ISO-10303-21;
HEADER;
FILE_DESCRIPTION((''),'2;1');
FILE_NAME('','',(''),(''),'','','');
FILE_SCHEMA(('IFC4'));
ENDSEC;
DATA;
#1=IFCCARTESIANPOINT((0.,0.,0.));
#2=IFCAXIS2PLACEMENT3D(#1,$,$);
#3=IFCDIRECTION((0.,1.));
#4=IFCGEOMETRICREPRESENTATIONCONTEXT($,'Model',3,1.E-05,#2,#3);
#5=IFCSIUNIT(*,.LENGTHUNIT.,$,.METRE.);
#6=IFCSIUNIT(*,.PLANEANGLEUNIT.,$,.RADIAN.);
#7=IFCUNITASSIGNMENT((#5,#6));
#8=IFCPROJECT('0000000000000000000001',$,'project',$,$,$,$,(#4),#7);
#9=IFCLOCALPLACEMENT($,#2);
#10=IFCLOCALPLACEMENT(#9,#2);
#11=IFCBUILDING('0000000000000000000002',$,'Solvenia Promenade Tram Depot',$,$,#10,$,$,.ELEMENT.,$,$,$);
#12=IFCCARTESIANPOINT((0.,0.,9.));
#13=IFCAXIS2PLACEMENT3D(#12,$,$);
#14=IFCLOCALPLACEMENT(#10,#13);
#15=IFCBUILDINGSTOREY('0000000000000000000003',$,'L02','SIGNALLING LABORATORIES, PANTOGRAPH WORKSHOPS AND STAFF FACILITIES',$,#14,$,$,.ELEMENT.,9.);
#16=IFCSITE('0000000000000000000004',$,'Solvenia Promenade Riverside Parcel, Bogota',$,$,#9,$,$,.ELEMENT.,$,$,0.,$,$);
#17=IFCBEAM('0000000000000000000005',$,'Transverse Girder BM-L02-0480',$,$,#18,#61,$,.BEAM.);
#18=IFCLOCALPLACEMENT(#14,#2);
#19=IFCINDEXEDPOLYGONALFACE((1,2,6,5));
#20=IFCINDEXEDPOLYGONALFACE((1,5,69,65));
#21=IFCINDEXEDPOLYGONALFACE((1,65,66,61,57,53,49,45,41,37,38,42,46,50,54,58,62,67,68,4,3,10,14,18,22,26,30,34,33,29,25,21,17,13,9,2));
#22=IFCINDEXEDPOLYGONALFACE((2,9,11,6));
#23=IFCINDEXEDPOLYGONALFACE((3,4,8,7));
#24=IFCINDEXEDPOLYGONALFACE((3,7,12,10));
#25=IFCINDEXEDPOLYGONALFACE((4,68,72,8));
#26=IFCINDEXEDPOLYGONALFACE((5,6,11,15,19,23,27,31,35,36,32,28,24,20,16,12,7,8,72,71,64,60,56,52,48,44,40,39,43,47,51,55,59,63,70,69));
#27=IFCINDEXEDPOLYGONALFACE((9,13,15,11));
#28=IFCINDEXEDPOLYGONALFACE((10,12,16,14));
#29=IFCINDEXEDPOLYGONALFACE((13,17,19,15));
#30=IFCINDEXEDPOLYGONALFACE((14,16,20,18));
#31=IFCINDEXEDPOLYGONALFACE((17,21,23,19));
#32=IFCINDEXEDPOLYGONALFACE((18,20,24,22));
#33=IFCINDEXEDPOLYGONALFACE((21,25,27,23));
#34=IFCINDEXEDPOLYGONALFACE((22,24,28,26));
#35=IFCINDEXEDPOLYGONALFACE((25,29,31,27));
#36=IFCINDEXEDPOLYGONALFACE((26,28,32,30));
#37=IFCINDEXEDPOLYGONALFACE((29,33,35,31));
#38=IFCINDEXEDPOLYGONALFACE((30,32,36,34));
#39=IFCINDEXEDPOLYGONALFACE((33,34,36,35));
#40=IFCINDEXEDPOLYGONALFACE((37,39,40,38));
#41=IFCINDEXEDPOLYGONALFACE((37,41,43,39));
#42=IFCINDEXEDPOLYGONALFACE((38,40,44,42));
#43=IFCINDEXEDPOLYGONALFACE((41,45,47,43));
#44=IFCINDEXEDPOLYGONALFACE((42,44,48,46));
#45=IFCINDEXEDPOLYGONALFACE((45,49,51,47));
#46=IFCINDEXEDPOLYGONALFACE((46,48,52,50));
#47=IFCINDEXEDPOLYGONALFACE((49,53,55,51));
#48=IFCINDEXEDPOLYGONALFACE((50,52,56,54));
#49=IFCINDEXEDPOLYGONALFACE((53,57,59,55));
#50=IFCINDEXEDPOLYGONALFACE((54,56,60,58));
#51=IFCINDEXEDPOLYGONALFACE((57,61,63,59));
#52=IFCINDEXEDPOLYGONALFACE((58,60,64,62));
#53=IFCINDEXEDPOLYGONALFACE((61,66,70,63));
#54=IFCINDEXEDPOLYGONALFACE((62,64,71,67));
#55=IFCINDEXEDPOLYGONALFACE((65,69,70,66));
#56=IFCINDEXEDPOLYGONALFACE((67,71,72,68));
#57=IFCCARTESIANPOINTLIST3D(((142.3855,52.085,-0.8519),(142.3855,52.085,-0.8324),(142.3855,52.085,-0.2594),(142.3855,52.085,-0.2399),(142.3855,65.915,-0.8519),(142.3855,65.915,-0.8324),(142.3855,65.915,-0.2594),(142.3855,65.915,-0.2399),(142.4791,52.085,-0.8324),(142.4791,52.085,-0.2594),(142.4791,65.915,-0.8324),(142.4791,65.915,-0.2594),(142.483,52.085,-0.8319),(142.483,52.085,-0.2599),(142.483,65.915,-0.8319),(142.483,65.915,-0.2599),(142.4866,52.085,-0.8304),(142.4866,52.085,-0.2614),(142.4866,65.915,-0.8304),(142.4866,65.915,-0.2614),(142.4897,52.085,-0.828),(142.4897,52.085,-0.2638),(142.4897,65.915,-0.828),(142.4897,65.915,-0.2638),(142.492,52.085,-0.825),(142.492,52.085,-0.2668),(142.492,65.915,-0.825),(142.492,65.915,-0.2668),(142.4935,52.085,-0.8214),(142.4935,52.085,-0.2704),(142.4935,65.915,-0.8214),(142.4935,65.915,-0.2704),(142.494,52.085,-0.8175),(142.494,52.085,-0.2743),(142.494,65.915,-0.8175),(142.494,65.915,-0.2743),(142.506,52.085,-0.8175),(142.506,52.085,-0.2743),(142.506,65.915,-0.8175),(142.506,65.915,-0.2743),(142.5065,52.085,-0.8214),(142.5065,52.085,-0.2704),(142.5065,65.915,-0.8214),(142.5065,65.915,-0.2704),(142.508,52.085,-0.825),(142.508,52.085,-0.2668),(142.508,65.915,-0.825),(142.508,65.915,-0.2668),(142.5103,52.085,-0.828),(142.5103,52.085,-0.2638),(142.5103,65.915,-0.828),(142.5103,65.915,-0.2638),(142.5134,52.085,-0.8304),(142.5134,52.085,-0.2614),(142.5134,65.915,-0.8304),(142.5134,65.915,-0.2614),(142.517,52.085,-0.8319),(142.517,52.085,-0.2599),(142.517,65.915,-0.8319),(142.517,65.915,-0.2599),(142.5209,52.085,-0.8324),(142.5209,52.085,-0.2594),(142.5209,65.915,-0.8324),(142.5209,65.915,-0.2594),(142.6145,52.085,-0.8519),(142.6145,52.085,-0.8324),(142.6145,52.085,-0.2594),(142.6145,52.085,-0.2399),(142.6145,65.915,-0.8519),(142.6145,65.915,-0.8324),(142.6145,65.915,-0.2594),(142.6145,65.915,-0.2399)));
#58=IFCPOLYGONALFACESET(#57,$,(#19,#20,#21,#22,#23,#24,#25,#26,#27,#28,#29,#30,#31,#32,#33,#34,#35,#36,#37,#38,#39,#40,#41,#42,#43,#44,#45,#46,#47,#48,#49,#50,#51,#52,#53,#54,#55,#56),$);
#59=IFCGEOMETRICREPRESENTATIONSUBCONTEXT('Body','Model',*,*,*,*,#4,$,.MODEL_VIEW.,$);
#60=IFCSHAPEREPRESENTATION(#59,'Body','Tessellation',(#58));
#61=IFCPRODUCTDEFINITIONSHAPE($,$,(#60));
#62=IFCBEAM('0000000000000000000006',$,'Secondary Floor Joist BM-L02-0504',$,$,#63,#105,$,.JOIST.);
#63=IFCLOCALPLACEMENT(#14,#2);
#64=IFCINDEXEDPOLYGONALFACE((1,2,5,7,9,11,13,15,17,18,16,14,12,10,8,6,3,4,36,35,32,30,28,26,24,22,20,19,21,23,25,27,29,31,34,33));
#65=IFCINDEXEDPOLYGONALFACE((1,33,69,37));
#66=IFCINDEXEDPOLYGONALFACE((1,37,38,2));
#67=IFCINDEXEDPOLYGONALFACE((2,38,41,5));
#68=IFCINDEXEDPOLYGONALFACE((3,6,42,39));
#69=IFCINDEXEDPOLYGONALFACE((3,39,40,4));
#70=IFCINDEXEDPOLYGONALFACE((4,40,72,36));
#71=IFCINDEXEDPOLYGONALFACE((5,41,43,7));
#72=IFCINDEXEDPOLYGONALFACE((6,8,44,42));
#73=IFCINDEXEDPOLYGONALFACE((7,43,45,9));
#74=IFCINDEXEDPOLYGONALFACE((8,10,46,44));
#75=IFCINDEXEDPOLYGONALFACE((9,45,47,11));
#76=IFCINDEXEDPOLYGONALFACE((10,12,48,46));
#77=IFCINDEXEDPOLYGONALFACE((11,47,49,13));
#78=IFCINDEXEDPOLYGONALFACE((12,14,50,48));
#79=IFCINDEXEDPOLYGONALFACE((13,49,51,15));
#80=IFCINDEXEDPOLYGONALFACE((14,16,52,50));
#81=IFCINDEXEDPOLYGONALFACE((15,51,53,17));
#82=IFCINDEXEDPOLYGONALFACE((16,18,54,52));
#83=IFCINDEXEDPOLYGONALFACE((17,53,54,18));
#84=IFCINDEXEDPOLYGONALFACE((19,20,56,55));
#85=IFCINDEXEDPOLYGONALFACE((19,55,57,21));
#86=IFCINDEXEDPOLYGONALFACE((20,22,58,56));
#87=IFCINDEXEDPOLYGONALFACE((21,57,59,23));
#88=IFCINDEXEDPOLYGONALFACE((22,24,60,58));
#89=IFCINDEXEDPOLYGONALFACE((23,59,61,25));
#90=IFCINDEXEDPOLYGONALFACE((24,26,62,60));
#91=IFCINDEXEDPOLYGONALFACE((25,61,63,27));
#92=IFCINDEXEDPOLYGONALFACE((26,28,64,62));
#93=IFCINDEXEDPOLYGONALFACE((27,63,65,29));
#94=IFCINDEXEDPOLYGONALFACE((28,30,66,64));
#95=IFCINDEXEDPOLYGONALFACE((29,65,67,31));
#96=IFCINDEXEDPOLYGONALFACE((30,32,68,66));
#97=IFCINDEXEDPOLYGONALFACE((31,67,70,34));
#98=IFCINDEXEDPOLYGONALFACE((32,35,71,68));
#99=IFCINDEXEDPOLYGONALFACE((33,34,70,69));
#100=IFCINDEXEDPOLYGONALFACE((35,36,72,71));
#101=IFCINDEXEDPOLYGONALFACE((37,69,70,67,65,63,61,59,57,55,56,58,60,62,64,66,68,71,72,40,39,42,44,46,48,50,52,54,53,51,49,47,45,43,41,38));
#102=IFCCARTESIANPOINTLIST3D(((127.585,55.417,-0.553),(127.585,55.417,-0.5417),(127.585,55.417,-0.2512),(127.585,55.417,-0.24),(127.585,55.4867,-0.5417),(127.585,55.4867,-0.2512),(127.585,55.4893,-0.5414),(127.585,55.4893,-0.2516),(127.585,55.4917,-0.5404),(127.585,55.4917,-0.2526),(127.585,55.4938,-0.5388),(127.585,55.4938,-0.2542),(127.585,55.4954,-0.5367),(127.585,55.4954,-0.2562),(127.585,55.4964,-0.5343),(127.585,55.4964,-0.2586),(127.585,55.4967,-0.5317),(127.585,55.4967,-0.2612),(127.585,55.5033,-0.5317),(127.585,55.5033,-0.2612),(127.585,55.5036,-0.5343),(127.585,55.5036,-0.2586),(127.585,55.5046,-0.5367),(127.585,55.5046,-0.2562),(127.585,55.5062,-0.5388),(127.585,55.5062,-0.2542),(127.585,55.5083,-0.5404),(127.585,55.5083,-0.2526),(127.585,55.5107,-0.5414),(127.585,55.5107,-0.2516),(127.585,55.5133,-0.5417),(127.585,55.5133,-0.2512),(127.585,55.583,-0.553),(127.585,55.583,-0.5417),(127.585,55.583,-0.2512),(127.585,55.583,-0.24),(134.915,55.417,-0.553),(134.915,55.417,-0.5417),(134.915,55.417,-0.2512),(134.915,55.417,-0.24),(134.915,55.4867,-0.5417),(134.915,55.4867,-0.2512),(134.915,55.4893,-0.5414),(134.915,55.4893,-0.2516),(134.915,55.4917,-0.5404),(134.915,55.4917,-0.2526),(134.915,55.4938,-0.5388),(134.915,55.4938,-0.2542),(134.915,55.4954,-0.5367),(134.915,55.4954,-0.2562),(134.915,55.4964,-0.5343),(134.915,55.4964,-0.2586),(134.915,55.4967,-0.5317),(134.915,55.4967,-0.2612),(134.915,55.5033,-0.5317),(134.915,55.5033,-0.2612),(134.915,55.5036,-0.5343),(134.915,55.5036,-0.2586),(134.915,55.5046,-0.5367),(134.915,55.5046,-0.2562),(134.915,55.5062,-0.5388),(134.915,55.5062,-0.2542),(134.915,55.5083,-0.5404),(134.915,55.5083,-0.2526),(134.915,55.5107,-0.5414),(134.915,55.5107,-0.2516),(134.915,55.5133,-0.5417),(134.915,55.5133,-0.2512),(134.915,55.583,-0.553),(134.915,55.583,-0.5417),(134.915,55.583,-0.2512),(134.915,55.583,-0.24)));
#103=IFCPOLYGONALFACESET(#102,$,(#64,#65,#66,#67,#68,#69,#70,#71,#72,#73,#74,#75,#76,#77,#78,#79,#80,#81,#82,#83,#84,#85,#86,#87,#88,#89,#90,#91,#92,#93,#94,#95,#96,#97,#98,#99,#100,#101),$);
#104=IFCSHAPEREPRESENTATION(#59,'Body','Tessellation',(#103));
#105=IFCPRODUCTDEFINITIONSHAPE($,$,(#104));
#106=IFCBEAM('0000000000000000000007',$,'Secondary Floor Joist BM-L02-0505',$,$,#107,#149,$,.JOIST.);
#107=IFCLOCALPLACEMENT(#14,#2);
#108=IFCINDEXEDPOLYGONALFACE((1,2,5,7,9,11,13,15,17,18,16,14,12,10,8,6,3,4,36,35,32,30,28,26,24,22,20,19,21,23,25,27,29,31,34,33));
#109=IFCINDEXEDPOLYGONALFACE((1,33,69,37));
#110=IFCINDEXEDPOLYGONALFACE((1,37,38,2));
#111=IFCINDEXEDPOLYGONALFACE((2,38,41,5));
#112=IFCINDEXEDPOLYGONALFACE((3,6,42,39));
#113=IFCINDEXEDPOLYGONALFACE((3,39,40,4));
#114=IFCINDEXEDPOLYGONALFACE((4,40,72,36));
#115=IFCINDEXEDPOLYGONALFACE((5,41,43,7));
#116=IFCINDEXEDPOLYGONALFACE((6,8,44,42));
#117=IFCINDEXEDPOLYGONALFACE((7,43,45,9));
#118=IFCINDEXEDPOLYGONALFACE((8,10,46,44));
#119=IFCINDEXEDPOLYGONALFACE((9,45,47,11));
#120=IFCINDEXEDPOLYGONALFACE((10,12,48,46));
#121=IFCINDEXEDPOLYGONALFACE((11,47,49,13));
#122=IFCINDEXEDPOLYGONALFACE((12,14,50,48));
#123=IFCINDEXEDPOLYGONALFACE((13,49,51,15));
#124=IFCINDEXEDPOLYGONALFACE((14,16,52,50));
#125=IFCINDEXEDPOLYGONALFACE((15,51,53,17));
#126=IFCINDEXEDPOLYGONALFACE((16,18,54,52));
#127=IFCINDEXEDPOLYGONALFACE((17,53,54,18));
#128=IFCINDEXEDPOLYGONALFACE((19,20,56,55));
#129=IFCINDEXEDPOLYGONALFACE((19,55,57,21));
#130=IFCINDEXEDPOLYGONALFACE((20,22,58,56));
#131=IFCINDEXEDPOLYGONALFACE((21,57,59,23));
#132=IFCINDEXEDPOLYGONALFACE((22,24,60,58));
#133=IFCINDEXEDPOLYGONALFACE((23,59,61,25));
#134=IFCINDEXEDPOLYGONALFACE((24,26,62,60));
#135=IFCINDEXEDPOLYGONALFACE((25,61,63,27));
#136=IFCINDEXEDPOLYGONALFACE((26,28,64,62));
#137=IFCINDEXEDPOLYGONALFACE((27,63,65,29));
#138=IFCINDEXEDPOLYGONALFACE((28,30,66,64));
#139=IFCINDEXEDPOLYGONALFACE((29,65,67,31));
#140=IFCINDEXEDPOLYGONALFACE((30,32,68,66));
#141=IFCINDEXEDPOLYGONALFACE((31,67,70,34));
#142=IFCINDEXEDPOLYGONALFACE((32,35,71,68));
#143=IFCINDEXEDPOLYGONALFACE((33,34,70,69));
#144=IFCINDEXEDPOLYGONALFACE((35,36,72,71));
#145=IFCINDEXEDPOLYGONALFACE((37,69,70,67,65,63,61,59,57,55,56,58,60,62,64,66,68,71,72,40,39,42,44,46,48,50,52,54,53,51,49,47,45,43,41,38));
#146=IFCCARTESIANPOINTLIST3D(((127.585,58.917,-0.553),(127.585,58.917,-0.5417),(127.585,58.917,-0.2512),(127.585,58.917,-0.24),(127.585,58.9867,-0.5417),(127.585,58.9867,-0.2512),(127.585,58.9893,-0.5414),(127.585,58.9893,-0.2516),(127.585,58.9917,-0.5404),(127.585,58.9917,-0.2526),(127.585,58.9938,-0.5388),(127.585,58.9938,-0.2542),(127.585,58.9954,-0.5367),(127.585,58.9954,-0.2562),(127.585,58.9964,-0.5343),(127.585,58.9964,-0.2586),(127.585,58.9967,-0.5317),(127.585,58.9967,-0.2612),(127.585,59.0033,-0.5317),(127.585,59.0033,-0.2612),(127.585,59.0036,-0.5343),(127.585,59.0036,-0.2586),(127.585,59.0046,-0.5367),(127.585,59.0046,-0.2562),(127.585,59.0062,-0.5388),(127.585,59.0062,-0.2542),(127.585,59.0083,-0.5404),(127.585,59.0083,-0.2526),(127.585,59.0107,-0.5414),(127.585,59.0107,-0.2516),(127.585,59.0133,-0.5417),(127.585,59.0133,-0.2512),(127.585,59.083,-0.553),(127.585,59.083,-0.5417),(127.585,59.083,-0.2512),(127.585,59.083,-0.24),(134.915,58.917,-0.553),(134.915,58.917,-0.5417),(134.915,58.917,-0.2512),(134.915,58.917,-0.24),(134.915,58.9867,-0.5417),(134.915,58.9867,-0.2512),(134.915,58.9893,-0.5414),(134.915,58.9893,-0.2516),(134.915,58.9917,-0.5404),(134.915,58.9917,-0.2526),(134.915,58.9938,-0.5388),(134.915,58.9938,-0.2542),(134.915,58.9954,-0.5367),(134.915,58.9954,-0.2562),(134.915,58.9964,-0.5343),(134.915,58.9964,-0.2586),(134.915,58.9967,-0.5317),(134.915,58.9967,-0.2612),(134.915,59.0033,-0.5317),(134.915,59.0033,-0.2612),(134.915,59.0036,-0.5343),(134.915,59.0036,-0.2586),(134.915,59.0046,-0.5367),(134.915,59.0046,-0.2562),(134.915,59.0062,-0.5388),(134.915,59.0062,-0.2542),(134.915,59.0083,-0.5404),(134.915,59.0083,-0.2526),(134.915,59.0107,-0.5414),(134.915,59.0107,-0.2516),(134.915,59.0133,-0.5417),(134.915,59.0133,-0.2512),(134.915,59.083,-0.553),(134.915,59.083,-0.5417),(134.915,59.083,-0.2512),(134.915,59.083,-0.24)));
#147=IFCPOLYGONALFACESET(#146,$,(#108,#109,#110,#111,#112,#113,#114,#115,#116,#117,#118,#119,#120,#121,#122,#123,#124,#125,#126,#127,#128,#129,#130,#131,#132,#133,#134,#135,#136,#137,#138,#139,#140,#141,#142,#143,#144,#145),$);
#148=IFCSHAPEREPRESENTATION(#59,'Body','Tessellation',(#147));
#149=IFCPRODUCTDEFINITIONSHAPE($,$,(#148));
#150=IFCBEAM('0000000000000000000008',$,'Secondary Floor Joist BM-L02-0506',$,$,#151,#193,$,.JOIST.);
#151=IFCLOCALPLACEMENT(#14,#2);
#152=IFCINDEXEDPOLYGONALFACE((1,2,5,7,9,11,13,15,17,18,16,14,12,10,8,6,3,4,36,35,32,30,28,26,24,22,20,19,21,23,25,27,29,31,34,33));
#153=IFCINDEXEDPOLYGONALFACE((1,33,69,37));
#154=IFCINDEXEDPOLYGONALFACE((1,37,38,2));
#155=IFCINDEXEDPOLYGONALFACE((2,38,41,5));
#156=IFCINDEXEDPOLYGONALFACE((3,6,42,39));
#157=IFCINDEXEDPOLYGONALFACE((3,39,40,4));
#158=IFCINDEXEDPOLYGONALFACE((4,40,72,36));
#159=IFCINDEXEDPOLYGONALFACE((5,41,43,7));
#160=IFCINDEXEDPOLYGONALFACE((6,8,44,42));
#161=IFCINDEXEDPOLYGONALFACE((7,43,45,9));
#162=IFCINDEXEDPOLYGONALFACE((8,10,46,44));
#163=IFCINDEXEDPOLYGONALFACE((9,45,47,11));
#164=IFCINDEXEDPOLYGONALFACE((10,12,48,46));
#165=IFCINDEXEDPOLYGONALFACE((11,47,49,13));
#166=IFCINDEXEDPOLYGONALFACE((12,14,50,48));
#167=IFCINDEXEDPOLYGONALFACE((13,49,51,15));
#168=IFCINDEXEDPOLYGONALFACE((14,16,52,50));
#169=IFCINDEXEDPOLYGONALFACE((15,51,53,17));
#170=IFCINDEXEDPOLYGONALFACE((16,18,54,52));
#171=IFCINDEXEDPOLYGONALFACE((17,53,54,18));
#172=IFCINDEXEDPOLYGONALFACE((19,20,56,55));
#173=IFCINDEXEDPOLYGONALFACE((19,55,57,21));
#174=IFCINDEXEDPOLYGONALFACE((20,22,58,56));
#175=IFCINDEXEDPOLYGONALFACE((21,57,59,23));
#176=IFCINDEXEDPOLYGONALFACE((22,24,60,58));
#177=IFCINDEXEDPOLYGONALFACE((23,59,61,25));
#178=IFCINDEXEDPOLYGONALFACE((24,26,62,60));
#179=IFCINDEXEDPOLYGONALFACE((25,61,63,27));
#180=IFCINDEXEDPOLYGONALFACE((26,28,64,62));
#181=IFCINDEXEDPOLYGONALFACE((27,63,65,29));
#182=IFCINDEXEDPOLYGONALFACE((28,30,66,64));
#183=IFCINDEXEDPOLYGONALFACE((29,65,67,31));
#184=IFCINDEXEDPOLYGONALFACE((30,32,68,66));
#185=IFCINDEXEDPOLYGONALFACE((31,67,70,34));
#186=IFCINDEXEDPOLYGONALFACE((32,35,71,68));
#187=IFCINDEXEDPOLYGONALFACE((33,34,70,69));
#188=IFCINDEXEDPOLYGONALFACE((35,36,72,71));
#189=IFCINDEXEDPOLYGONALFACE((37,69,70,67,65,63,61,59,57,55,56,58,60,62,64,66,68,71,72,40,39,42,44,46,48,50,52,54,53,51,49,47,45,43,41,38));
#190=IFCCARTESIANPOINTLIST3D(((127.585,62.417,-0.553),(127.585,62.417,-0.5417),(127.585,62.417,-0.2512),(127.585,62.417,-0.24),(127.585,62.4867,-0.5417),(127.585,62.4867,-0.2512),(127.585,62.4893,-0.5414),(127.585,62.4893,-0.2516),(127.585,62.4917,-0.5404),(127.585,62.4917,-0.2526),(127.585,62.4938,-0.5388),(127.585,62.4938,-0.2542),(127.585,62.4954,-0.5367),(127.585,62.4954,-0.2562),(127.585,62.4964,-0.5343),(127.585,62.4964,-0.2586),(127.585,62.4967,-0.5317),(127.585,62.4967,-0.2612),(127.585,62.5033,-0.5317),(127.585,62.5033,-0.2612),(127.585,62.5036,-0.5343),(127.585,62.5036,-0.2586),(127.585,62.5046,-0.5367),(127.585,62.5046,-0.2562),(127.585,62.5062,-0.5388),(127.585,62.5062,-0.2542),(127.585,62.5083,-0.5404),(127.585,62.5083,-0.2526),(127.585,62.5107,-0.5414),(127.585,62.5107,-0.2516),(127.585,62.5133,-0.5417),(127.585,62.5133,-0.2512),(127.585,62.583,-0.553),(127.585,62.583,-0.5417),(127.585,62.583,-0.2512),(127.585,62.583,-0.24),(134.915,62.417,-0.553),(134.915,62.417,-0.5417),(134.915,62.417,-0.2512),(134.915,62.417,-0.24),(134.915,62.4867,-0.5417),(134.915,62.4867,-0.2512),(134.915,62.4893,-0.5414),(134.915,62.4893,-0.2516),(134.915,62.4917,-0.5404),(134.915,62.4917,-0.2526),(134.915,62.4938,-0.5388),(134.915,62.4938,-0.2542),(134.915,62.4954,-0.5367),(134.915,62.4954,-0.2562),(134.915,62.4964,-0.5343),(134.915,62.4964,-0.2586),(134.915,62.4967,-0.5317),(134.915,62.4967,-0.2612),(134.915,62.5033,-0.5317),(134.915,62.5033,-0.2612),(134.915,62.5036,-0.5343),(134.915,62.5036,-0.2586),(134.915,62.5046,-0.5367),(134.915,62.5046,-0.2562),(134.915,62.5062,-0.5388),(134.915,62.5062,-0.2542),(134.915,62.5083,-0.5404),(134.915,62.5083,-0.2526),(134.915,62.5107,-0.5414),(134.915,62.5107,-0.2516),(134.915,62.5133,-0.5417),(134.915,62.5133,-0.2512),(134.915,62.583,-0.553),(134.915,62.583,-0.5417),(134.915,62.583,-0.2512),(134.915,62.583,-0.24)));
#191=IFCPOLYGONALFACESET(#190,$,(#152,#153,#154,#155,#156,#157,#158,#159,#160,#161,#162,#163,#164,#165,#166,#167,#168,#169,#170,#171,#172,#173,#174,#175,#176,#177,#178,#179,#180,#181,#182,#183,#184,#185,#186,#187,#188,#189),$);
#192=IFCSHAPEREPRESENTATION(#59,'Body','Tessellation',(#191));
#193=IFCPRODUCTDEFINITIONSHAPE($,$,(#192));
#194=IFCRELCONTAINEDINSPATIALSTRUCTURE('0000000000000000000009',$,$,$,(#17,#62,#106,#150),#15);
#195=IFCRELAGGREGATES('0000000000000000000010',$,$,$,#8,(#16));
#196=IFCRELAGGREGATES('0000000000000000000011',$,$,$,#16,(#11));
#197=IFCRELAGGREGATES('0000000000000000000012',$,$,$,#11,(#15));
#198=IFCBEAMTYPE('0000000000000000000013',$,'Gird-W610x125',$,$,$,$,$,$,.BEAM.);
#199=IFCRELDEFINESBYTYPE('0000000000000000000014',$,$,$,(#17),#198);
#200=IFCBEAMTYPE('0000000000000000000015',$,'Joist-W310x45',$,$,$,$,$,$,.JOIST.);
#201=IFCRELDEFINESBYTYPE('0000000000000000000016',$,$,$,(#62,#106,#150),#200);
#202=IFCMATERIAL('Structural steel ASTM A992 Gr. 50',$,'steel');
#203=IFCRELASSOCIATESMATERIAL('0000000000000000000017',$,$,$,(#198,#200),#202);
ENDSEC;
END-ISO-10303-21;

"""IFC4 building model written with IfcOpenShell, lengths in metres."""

from ifc_helpers import new_model, si_unit, direction, frame, origin, origin_2d, place, context, subcontext, project, spatial, i_section, extrude, material, material_profile, profile_set, type_object, element, save


model = new_model("IFC4")

# Units and contexts
model_context = context("Model", 3, precision=1e-05, world=origin(), true_north=direction((0.0, 1.0)))
body_context = subcontext(model_context, "Body", "Model", "MODEL_VIEW")
ifc_project = project(units=[si_unit("LENGTHUNIT", "METRE"), si_unit("PLANEANGLEUNIT", "RADIAN")], contexts=[model_context])

# Site, building, storey
site_placement = place(None, origin())
site = spatial("IfcSite", under=ifc_project, at=site_placement, Name="Solvenia Promenade Riverside Parcel, Bogota", CompositionType="ELEMENT", RefElevation=0.0)
building_placement = place(site_placement, origin())
building = spatial("IfcBuilding", under=site, at=building_placement, Name="Solvenia Promenade Tram Depot", CompositionType="ELEMENT")
storey_placement = place(building_placement, frame((0.0, 0.0, 9.0)))
storey = spatial("IfcBuildingStorey", under=building, at=storey_placement, Name="L02", Description="SIGNALLING LABORATORIES, PANTOGRAPH WORKSHOPS AND STAFF FACILITIES", CompositionType="ELEMENT", Elevation=9.0)

# Shared definitions
ifc_material_1 = material(Name="Structural steel ASTM A992 Gr. 50", Category="steel")

# Beams
ifc_material_profile_1 = material_profile(ifc_material_1, i_section(OverallWidth=0.229, OverallDepth=0.6121, WebThickness=0.012, FlangeThickness=0.0195, FilletRadius=0.0149, at=origin_2d()), Name="W610x125", Category="steel")
ifc_profile_set_1 = profile_set([ifc_material_profile_1], Name="Structural steel ASTM A992 Gr. 50")
beam_type_1 = type_object("IfcBeamType", Name="Gird-W610x125", PredefinedType="BEAM", material=ifc_profile_set_1)
for number, where, z_axis, x_axis, name in (
    (1, (142.5, 52.085, -0.5459), (0.0, 1.0, 0.0), (-1.0, 0.0, 0.0), "Transverse Girder BM-L02-0480"),
):
    element("IfcBeam", number, at=place(storey_placement, frame(where, z_axis=z_axis, x_axis=x_axis)), inside=storey, type_object=beam_type_1, Name=name, PredefinedType="BEAM", context=body_context, shape_type="SweptSolid", body=[
        extrude(i_section(OverallWidth=0.229, OverallDepth=0.6121, WebThickness=0.012, FlangeThickness=0.0195, FilletRadius=0.0149, at=origin_2d()), origin(), (0.0, 0.0, 1.0), 13.8301),
    ])
ifc_material_profile_2 = material_profile(ifc_material_1, i_section(OverallWidth=0.166, OverallDepth=0.313, WebThickness=0.0066, FlangeThickness=0.0112, FilletRadius=0.01, at=origin_2d()), Name="W310x45", Category="steel")
ifc_profile_set_2 = profile_set([ifc_material_profile_2], Name="Structural steel ASTM A992 Gr. 50")
beam_type_2 = type_object("IfcBeamType", Name="Joist-W310x45", PredefinedType="JOIST", material=ifc_profile_set_2)
for number, where, z_axis, x_axis, name in (
    (2, (127.585, 55.5, -0.3965), (1.0, 0.0, 0.0), (0.0, 1.0, 0.0), "Secondary Floor Joist BM-L02-0504"),
    (3, (127.585, 59.0, -0.3965), (1.0, 0.0, 0.0), (0.0, 1.0, 0.0), "Secondary Floor Joist BM-L02-0505"),
    (4, (127.585, 62.5, -0.3965), (1.0, 0.0, 0.0), (0.0, 1.0, 0.0), "Secondary Floor Joist BM-L02-0506"),
):
    element("IfcBeam", number, at=place(storey_placement, frame(where, z_axis=z_axis, x_axis=x_axis)), inside=storey, type_object=beam_type_2, Name=name, PredefinedType="JOIST", context=body_context, shape_type="SweptSolid", body=[
        extrude(i_section(OverallWidth=0.166, OverallDepth=0.313, WebThickness=0.0066, FlangeThickness=0.0112, FilletRadius=0.01, at=origin_2d()), origin(), (0.0, 0.0, 1.0), 7.3301),
    ])

save(model, "model.ifc")
